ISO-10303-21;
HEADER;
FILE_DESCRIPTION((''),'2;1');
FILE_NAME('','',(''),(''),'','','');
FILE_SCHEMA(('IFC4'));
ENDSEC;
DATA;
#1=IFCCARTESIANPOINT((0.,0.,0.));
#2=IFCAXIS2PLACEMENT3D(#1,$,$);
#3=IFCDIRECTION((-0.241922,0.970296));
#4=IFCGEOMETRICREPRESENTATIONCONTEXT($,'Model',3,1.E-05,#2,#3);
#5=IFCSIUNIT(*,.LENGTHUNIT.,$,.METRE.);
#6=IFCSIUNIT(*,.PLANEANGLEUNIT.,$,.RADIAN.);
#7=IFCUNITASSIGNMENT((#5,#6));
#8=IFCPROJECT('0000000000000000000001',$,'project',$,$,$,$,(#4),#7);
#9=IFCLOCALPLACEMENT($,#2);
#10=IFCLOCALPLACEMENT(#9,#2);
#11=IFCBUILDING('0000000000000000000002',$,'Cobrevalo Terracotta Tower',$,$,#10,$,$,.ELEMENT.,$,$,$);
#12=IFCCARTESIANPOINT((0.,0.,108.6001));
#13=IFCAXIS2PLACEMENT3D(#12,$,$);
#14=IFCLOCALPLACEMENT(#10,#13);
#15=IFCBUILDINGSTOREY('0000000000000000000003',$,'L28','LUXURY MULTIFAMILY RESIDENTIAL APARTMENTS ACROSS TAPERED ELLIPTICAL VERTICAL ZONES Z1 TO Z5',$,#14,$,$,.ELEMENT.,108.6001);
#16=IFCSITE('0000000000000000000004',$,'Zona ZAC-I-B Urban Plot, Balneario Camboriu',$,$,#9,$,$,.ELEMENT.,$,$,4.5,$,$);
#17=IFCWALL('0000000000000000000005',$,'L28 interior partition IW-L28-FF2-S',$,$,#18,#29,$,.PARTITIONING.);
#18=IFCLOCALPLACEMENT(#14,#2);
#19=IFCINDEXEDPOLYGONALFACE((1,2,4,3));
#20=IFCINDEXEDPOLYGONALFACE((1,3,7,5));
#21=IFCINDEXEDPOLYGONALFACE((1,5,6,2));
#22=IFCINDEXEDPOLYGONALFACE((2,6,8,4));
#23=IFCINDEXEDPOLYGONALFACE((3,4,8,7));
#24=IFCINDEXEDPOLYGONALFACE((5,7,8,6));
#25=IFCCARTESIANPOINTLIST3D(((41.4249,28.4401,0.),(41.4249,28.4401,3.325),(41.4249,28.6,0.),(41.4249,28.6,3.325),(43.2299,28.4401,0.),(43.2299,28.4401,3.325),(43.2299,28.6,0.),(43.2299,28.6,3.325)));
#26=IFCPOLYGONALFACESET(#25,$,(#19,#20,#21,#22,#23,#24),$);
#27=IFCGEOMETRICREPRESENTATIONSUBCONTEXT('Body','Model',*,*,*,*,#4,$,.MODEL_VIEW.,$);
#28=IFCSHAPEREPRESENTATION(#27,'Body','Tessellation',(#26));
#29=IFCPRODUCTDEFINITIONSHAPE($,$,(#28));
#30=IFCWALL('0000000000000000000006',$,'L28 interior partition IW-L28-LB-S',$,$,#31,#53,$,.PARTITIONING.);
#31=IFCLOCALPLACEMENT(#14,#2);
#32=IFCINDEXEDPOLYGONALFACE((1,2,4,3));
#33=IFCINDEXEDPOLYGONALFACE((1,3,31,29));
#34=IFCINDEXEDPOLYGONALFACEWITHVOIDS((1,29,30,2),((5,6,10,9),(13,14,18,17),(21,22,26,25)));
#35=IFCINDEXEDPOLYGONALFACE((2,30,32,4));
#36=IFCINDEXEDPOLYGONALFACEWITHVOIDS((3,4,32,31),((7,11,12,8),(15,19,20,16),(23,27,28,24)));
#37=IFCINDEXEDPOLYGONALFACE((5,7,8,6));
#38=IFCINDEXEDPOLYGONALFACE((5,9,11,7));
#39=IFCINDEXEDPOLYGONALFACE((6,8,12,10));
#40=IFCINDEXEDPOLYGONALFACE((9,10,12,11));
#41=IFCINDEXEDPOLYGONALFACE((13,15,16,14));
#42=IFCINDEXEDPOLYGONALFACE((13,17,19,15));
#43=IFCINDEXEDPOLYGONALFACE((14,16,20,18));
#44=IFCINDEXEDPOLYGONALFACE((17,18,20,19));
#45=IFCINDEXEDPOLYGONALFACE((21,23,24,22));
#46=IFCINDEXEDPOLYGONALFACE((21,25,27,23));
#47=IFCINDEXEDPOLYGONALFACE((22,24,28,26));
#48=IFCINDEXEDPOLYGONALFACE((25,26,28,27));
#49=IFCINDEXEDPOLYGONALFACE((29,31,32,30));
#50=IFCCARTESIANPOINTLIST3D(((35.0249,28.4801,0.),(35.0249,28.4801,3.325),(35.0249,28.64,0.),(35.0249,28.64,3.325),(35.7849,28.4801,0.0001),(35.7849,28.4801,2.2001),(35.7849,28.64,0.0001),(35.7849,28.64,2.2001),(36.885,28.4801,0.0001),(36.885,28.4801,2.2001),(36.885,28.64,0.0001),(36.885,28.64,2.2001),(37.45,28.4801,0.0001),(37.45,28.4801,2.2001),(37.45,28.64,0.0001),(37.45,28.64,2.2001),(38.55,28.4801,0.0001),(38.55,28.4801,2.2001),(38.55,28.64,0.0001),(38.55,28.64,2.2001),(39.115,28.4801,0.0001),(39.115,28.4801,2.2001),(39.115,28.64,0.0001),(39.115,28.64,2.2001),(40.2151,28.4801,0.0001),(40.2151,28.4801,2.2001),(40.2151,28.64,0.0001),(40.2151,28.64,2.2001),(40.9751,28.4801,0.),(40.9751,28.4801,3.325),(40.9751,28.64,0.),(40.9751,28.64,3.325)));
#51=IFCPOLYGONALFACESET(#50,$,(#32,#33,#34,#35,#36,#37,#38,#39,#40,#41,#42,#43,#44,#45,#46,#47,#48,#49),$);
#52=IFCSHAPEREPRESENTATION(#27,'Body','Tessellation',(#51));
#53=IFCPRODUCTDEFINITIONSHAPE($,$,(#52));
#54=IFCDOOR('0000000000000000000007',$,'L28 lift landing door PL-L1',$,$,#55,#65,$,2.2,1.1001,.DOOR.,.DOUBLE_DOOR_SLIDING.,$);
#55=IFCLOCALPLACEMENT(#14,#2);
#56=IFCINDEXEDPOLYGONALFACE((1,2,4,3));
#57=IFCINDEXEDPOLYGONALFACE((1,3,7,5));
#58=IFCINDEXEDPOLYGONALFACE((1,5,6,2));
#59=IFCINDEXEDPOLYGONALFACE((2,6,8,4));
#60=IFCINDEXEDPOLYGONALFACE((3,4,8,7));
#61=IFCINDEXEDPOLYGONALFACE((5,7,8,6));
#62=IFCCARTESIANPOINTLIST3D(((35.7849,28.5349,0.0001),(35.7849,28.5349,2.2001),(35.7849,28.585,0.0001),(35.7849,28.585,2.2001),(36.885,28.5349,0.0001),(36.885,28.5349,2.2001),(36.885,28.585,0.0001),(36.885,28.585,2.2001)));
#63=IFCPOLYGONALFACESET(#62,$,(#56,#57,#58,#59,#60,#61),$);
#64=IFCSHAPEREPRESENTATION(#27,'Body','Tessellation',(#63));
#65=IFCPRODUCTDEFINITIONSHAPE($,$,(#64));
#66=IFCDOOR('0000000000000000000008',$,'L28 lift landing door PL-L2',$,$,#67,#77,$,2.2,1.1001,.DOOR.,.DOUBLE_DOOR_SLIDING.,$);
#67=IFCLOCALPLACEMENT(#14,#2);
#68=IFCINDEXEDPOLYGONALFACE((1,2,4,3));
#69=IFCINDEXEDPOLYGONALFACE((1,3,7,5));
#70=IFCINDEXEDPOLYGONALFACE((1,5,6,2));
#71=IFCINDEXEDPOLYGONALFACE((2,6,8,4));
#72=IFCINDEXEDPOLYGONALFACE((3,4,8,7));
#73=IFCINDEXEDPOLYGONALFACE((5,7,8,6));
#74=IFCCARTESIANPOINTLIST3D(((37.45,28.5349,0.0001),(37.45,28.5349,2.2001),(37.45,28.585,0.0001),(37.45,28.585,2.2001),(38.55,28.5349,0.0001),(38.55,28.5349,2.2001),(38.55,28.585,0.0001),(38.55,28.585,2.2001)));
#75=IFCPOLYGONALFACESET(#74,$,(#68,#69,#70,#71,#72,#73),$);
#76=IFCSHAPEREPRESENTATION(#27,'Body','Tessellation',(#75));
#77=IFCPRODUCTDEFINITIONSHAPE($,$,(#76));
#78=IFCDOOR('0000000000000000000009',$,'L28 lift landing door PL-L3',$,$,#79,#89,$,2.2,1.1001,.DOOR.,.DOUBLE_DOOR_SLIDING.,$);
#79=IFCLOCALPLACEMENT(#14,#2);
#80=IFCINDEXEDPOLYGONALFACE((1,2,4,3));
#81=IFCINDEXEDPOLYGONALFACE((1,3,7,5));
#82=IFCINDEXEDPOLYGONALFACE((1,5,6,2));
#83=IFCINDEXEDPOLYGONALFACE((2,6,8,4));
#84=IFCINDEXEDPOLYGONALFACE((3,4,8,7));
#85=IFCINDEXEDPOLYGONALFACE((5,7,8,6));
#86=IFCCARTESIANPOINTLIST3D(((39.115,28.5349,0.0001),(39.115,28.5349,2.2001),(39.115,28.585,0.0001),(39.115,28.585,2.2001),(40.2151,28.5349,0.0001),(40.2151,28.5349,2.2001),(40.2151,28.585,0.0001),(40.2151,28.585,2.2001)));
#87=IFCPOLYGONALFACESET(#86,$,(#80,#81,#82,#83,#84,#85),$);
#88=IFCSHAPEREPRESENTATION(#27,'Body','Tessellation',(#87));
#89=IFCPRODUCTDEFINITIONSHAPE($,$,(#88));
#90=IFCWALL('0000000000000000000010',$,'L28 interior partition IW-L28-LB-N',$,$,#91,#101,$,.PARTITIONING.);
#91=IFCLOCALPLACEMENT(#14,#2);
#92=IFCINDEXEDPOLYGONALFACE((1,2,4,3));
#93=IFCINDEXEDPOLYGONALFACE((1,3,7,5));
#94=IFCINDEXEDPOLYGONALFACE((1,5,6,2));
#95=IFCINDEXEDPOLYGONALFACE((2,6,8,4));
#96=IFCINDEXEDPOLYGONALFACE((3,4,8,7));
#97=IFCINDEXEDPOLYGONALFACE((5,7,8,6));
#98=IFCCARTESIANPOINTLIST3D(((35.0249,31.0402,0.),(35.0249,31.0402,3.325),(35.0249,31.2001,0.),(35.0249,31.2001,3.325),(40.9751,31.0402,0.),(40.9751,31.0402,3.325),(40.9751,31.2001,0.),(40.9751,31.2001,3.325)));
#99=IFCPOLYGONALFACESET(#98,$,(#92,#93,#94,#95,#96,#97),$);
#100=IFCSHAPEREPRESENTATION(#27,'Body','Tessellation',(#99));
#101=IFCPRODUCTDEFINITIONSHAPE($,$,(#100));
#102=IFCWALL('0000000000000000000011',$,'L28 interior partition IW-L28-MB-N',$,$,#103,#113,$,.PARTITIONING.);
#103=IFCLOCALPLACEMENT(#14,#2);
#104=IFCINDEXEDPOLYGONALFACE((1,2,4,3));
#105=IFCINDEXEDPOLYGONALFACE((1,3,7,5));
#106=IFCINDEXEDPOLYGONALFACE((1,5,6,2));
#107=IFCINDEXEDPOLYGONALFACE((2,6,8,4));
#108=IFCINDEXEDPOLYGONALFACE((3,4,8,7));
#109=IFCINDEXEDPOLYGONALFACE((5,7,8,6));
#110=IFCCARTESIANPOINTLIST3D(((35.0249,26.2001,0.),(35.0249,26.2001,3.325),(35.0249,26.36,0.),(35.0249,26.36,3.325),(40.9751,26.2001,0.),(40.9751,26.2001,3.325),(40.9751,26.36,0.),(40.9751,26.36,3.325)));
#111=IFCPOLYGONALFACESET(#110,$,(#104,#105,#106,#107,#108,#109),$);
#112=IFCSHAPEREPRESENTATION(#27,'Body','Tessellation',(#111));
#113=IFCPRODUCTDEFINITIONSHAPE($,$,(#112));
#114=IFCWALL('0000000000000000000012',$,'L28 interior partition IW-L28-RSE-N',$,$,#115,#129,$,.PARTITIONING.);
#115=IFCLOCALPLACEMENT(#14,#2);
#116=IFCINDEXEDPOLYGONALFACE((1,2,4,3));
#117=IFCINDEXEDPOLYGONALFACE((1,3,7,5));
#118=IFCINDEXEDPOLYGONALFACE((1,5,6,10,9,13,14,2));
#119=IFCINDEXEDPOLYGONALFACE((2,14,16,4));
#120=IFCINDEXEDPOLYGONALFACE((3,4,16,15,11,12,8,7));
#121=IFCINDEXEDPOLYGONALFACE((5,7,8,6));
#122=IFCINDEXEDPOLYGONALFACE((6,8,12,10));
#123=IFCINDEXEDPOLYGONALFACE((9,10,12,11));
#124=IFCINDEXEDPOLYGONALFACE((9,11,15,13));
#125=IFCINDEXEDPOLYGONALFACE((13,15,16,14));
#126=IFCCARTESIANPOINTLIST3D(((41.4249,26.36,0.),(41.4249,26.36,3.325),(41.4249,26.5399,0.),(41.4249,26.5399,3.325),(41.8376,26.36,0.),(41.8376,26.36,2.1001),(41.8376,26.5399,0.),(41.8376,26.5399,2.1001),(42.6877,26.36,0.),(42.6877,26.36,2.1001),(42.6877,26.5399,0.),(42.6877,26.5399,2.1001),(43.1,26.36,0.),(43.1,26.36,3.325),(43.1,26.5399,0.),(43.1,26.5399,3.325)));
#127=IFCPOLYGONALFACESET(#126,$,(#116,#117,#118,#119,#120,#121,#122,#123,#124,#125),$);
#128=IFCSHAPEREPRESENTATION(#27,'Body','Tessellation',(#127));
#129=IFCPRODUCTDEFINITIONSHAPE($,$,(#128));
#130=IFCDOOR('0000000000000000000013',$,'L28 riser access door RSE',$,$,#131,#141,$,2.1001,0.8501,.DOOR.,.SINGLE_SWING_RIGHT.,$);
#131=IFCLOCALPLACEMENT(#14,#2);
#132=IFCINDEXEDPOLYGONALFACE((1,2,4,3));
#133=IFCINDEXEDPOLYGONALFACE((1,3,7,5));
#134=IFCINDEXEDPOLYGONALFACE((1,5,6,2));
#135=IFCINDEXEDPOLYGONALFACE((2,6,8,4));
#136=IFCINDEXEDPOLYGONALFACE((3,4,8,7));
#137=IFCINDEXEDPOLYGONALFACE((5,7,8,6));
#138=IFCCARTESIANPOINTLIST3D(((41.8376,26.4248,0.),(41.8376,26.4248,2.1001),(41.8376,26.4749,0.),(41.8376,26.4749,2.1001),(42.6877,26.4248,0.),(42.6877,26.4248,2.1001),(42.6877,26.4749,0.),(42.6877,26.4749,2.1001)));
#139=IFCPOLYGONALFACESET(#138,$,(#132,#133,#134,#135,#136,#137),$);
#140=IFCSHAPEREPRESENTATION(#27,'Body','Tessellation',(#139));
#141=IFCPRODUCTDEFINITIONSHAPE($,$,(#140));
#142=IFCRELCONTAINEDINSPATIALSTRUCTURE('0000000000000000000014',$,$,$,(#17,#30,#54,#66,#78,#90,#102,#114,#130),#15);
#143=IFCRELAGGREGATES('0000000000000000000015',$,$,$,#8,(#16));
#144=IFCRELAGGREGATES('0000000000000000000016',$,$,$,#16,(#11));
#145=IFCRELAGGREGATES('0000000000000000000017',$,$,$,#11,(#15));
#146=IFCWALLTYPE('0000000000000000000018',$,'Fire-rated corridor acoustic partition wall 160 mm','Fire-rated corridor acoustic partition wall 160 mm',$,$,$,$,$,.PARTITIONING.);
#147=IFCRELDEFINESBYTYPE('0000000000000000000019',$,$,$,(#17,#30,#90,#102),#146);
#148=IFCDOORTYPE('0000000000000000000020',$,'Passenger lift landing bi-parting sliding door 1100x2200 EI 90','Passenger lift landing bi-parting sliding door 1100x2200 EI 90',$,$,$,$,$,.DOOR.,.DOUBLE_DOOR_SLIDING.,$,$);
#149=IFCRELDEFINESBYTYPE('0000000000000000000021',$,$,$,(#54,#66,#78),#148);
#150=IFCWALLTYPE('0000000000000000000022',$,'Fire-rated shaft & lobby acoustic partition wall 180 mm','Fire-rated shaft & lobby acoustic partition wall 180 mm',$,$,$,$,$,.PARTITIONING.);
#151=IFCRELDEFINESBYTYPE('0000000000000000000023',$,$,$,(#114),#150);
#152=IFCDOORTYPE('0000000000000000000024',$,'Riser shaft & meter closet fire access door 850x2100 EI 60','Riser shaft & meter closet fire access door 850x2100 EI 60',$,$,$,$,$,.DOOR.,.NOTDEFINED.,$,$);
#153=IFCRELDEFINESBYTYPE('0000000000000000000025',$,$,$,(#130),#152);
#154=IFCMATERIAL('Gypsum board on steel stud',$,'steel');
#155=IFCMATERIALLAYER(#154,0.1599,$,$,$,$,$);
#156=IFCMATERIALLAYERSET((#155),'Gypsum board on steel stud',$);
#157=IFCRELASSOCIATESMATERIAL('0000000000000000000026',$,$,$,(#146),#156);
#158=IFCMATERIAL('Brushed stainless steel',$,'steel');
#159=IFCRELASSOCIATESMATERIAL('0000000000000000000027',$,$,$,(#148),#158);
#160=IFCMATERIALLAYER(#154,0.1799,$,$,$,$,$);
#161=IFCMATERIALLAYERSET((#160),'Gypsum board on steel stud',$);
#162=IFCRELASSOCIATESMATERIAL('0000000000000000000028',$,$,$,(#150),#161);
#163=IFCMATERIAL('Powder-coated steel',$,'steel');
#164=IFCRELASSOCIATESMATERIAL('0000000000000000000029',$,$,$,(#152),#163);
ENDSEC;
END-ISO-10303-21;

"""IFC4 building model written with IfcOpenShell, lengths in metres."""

from ifc_helpers import new_model, si_unit, direction, frame, frame_2d, origin, place, context, subcontext, project, spatial, rectangle, extrude, source, transform, mapped, material, layer, layer_set, type_object, element, fill, save


model = new_model("IFC4")

# Units and contexts
model_context = context("Model", 3, precision=1e-05, world=origin(), true_north=direction((-0.241922, 0.970296)))
body_context = subcontext(model_context, "Body", "Model", "MODEL_VIEW")
ifc_project = project(units=[si_unit("LENGTHUNIT", "METRE"), si_unit("PLANEANGLEUNIT", "RADIAN")], contexts=[model_context])

# Site, building, storey
site_placement = place(None, origin())
site = spatial("IfcSite", under=ifc_project, at=site_placement, Name="Zona ZAC-I-B Urban Plot, Balneario Camboriu", CompositionType="ELEMENT", RefElevation=4.5)
building_placement = place(site_placement, origin())
building = spatial("IfcBuilding", under=site, at=building_placement, Name="Cobrevalo Terracotta Tower", CompositionType="ELEMENT")
storey_placement = place(building_placement, frame((0.0, 0.0, 108.6001)))
storey = spatial("IfcBuildingStorey", under=building, at=storey_placement, Name="L28", Description="LUXURY MULTIFAMILY RESIDENTIAL APARTMENTS ACROSS TAPERED ELLIPTICAL VERTICAL ZONES Z1 TO Z5", CompositionType="ELEMENT", Elevation=108.6001)

# Wall
ifc_material_1 = material(Name="Gypsum board on steel stud", Category="steel")
ifc_layer_1 = layer(ifc_material_1, 0.1599)
ifc_layer_set_1 = layer_set([ifc_layer_1], Name="Gypsum board on steel stud")
wall_type_1 = type_object("IfcWallType", Name="Fire-rated corridor acoustic partition wall 160 mm", Description="Fire-rated corridor acoustic partition wall 160 mm", PredefinedType="PARTITIONING", material=ifc_layer_set_1)
wall_1_placement = place(storey_placement, frame((41.425, 28.52, 0.0), z_axis=(0.0, 0.0, 1.0), x_axis=(1.0, 0.0, 0.0)))
element("IfcWall", 1, at=wall_1_placement, inside=storey, type_object=wall_type_1, Name="L28 interior partition IW-L28-FF2-S", PredefinedType="PARTITIONING", context=body_context, shape_type="SweptSolid", body=[
    extrude(rectangle(XDim=1.8049, YDim=0.1599, at=frame_2d((0.9023, 0.0))), origin(), (0.0, 0.0, 1.0), 3.325),
])

# Wall, openings, doors
wall_2_placement = place(storey_placement, frame((35.0249, 28.5601, 0.0), z_axis=(0.0, 0.0, 1.0), x_axis=(1.0, 0.0, 0.0)))
wall_2 = element("IfcWall", 2, at=wall_2_placement, inside=storey, type_object=wall_type_1, Name="L28 interior partition IW-L28-LB-S", PredefinedType="PARTITIONING", context=body_context, shape_type="SweptSolid", body=[
    extrude(rectangle(XDim=5.9502, YDim=0.1599, at=frame_2d((2.9751, 0.0))), origin(), (0.0, 0.0, 1.0), 3.325),
])
opening_1_placement = place(wall_2_placement, frame((0.76, 0.0, 0.0)))
opening_1 = element("IfcOpeningElement", 3, at=opening_1_placement, cuts=wall_2, PredefinedType="OPENING", context=body_context, shape_type="SweptSolid", body=[
    extrude(rectangle(XDim=1.1001, YDim=2.2, at=frame_2d((0.55, 1.1001))), frame((0.0, 0.0898, 0.0), z_axis=(0.0, -1.0, 0.0), x_axis=(1.0, 0.0, 0.0)), (0.0, 0.0, 1.0), 0.1799),
])
opening_2_placement = place(wall_2_placement, frame((2.425, 0.0, 0.0)))
opening_2 = element("IfcOpeningElement", 4, at=opening_2_placement, cuts=wall_2, PredefinedType="OPENING", context=body_context, shape_type="SweptSolid", body=[
    extrude(rectangle(XDim=1.1001, YDim=2.2, at=frame_2d((0.55, 1.1001))), frame((0.0, 0.0898, 0.0), z_axis=(0.0, -1.0, 0.0), x_axis=(1.0, 0.0, 0.0)), (0.0, 0.0, 1.0), 0.1799),
])
opening_3_placement = place(wall_2_placement, frame((4.0901, 0.0, 0.0)))
opening_3 = element("IfcOpeningElement", 5, at=opening_3_placement, cuts=wall_2, PredefinedType="OPENING", context=body_context, shape_type="SweptSolid", body=[
    extrude(rectangle(XDim=1.1001, YDim=2.2, at=frame_2d((0.55, 1.1001))), frame((0.0, 0.0898, 0.0), z_axis=(0.0, -1.0, 0.0), x_axis=(1.0, 0.0, 0.0)), (0.0, 0.0, 1.0), 0.1799),
])
ifc_material_2 = material(Name="Brushed stainless steel", Category="steel")
door_type_1 = type_object("IfcDoorType", Name="Passenger lift landing bi-parting sliding door 1100x2200 EI 90", Description="Passenger lift landing bi-parting sliding door 1100x2200 EI 90", OperationType="DOUBLE_DOOR_SLIDING", PredefinedType="DOOR", material=ifc_material_2)
shared_shape_1 = source(origin(), body_context, "Body", "SweptSolid", [
    extrude(rectangle(XDim=1.1001, YDim=2.2, at=frame_2d((0.55, 1.1001))), frame((0.0, 0.0249, 0.0), z_axis=(0.0, -1.0, 0.0), x_axis=(1.0, 0.0, 0.0)), (0.0, 0.0, 1.0), 0.05),
])
door_1_placement = place(opening_1_placement, origin())
door_1 = element("IfcDoor", 6, at=door_1_placement, inside=storey, type_object=door_type_1, Name="L28 lift landing door PL-L1", OperationType="DOUBLE_DOOR_SLIDING", OverallHeight=2.2, OverallWidth=1.1001, PredefinedType="DOOR", context=body_context, shape_type="MappedRepresentation", body=[
    mapped(shared_shape_1, transform((0.0, 0.0, 0.0), scale=1.0)),
])
fill(opening_1, door_1)
door_2_placement = place(opening_2_placement, origin())
door_2 = element("IfcDoor", 7, at=door_2_placement, inside=storey, type_object=door_type_1, Name="L28 lift landing door PL-L2", OperationType="DOUBLE_DOOR_SLIDING", OverallHeight=2.2, OverallWidth=1.1001, PredefinedType="DOOR", context=body_context, shape_type="MappedRepresentation", body=[
    mapped(shared_shape_1, transform((0.0, 0.0, 0.0), scale=1.0)),
])
fill(opening_2, door_2)
door_3_placement = place(opening_3_placement, origin())
door_3 = element("IfcDoor", 8, at=door_3_placement, inside=storey, type_object=door_type_1, Name="L28 lift landing door PL-L3", OperationType="DOUBLE_DOOR_SLIDING", OverallHeight=2.2, OverallWidth=1.1001, PredefinedType="DOOR", context=body_context, shape_type="MappedRepresentation", body=[
    mapped(shared_shape_1, transform((0.0, 0.0, 0.0), scale=1.0)),
])
fill(opening_3, door_3)

# Walls
for number, where, z_axis, x_axis, name in (
    (9, (35.0249, 31.1201, 0.0), (0.0, 0.0, 1.0), (1.0, 0.0, 0.0), "L28 interior partition IW-L28-LB-N"),
    (10, (35.0249, 26.28, 0.0), (0.0, 0.0, 1.0), (1.0, 0.0, 0.0), "L28 interior partition IW-L28-MB-N"),
):
    element("IfcWall", number, at=place(storey_placement, frame(where, z_axis=z_axis, x_axis=x_axis)), inside=storey, type_object=wall_type_1, Name=name, PredefinedType="PARTITIONING", context=body_context, shape_type="SweptSolid", body=[
        extrude(rectangle(XDim=5.9502, YDim=0.1599, at=frame_2d((2.9751, 0.0))), origin(), (0.0, 0.0, 1.0), 3.325),
    ])

# Wall, opening, door
ifc_layer_2 = layer(ifc_material_1, 0.1799)
ifc_layer_set_2 = layer_set([ifc_layer_2], Name="Gypsum board on steel stud")
wall_type_2 = type_object("IfcWallType", Name="Fire-rated shaft & lobby acoustic partition wall 180 mm", Description="Fire-rated shaft & lobby acoustic partition wall 180 mm", PredefinedType="PARTITIONING", material=ifc_layer_set_2)
wall_3_placement = place(storey_placement, frame((41.425, 26.45, 0.0), z_axis=(0.0, 0.0, 1.0), x_axis=(1.0, 0.0, 0.0)))
wall_3 = element("IfcWall", 11, at=wall_3_placement, inside=storey, type_object=wall_type_2, Name="L28 interior partition IW-L28-RSE-N", PredefinedType="PARTITIONING", context=body_context, shape_type="SweptSolid", body=[
    extrude(rectangle(XDim=1.675, YDim=0.1799, at=frame_2d((0.8374, 0.0))), origin(), (0.0, 0.0, 1.0), 3.325),
])
opening_4_placement = place(wall_3_placement, frame((0.4126, 0.0, 0.0)))
opening_4 = element("IfcOpeningElement", 12, at=opening_4_placement, cuts=wall_3, PredefinedType="OPENING", context=body_context, shape_type="SweptSolid", body=[
    extrude(rectangle(XDim=0.8501, YDim=2.1001, at=frame_2d((0.425, 1.05))), frame((0.0, 0.1001, 0.0), z_axis=(0.0, -1.0, 0.0), x_axis=(1.0, 0.0, 0.0)), (0.0, 0.0, 1.0), 0.2),
])
ifc_material_3 = material(Name="Powder-coated steel", Category="steel")
door_type_2 = type_object("IfcDoorType", Name="Riser shaft & meter closet fire access door 850x2100 EI 60", Description="Riser shaft & meter closet fire access door 850x2100 EI 60", OperationType="NOTDEFINED", PredefinedType="DOOR", material=ifc_material_3)
shared_shape_2 = source(origin(), body_context, "Body", "SweptSolid", [
    extrude(rectangle(XDim=0.8501, YDim=2.1001, at=frame_2d((0.425, 1.05))), frame((0.0, 0.0249, 0.0), z_axis=(0.0, -1.0, 0.0), x_axis=(1.0, 0.0, 0.0)), (0.0, 0.0, 1.0), 0.05),
])
door_4_placement = place(opening_4_placement, origin())
door_4 = element("IfcDoor", 13, at=door_4_placement, inside=storey, type_object=door_type_2, Name="L28 riser access door RSE", OperationType="SINGLE_SWING_RIGHT", OverallHeight=2.1001, OverallWidth=0.8501, PredefinedType="DOOR", context=body_context, shape_type="MappedRepresentation", body=[
    mapped(shared_shape_2, transform((0.0, 0.0, 0.0), scale=1.0)),
])
fill(opening_4, door_4)

save(model, "model.ifc")
